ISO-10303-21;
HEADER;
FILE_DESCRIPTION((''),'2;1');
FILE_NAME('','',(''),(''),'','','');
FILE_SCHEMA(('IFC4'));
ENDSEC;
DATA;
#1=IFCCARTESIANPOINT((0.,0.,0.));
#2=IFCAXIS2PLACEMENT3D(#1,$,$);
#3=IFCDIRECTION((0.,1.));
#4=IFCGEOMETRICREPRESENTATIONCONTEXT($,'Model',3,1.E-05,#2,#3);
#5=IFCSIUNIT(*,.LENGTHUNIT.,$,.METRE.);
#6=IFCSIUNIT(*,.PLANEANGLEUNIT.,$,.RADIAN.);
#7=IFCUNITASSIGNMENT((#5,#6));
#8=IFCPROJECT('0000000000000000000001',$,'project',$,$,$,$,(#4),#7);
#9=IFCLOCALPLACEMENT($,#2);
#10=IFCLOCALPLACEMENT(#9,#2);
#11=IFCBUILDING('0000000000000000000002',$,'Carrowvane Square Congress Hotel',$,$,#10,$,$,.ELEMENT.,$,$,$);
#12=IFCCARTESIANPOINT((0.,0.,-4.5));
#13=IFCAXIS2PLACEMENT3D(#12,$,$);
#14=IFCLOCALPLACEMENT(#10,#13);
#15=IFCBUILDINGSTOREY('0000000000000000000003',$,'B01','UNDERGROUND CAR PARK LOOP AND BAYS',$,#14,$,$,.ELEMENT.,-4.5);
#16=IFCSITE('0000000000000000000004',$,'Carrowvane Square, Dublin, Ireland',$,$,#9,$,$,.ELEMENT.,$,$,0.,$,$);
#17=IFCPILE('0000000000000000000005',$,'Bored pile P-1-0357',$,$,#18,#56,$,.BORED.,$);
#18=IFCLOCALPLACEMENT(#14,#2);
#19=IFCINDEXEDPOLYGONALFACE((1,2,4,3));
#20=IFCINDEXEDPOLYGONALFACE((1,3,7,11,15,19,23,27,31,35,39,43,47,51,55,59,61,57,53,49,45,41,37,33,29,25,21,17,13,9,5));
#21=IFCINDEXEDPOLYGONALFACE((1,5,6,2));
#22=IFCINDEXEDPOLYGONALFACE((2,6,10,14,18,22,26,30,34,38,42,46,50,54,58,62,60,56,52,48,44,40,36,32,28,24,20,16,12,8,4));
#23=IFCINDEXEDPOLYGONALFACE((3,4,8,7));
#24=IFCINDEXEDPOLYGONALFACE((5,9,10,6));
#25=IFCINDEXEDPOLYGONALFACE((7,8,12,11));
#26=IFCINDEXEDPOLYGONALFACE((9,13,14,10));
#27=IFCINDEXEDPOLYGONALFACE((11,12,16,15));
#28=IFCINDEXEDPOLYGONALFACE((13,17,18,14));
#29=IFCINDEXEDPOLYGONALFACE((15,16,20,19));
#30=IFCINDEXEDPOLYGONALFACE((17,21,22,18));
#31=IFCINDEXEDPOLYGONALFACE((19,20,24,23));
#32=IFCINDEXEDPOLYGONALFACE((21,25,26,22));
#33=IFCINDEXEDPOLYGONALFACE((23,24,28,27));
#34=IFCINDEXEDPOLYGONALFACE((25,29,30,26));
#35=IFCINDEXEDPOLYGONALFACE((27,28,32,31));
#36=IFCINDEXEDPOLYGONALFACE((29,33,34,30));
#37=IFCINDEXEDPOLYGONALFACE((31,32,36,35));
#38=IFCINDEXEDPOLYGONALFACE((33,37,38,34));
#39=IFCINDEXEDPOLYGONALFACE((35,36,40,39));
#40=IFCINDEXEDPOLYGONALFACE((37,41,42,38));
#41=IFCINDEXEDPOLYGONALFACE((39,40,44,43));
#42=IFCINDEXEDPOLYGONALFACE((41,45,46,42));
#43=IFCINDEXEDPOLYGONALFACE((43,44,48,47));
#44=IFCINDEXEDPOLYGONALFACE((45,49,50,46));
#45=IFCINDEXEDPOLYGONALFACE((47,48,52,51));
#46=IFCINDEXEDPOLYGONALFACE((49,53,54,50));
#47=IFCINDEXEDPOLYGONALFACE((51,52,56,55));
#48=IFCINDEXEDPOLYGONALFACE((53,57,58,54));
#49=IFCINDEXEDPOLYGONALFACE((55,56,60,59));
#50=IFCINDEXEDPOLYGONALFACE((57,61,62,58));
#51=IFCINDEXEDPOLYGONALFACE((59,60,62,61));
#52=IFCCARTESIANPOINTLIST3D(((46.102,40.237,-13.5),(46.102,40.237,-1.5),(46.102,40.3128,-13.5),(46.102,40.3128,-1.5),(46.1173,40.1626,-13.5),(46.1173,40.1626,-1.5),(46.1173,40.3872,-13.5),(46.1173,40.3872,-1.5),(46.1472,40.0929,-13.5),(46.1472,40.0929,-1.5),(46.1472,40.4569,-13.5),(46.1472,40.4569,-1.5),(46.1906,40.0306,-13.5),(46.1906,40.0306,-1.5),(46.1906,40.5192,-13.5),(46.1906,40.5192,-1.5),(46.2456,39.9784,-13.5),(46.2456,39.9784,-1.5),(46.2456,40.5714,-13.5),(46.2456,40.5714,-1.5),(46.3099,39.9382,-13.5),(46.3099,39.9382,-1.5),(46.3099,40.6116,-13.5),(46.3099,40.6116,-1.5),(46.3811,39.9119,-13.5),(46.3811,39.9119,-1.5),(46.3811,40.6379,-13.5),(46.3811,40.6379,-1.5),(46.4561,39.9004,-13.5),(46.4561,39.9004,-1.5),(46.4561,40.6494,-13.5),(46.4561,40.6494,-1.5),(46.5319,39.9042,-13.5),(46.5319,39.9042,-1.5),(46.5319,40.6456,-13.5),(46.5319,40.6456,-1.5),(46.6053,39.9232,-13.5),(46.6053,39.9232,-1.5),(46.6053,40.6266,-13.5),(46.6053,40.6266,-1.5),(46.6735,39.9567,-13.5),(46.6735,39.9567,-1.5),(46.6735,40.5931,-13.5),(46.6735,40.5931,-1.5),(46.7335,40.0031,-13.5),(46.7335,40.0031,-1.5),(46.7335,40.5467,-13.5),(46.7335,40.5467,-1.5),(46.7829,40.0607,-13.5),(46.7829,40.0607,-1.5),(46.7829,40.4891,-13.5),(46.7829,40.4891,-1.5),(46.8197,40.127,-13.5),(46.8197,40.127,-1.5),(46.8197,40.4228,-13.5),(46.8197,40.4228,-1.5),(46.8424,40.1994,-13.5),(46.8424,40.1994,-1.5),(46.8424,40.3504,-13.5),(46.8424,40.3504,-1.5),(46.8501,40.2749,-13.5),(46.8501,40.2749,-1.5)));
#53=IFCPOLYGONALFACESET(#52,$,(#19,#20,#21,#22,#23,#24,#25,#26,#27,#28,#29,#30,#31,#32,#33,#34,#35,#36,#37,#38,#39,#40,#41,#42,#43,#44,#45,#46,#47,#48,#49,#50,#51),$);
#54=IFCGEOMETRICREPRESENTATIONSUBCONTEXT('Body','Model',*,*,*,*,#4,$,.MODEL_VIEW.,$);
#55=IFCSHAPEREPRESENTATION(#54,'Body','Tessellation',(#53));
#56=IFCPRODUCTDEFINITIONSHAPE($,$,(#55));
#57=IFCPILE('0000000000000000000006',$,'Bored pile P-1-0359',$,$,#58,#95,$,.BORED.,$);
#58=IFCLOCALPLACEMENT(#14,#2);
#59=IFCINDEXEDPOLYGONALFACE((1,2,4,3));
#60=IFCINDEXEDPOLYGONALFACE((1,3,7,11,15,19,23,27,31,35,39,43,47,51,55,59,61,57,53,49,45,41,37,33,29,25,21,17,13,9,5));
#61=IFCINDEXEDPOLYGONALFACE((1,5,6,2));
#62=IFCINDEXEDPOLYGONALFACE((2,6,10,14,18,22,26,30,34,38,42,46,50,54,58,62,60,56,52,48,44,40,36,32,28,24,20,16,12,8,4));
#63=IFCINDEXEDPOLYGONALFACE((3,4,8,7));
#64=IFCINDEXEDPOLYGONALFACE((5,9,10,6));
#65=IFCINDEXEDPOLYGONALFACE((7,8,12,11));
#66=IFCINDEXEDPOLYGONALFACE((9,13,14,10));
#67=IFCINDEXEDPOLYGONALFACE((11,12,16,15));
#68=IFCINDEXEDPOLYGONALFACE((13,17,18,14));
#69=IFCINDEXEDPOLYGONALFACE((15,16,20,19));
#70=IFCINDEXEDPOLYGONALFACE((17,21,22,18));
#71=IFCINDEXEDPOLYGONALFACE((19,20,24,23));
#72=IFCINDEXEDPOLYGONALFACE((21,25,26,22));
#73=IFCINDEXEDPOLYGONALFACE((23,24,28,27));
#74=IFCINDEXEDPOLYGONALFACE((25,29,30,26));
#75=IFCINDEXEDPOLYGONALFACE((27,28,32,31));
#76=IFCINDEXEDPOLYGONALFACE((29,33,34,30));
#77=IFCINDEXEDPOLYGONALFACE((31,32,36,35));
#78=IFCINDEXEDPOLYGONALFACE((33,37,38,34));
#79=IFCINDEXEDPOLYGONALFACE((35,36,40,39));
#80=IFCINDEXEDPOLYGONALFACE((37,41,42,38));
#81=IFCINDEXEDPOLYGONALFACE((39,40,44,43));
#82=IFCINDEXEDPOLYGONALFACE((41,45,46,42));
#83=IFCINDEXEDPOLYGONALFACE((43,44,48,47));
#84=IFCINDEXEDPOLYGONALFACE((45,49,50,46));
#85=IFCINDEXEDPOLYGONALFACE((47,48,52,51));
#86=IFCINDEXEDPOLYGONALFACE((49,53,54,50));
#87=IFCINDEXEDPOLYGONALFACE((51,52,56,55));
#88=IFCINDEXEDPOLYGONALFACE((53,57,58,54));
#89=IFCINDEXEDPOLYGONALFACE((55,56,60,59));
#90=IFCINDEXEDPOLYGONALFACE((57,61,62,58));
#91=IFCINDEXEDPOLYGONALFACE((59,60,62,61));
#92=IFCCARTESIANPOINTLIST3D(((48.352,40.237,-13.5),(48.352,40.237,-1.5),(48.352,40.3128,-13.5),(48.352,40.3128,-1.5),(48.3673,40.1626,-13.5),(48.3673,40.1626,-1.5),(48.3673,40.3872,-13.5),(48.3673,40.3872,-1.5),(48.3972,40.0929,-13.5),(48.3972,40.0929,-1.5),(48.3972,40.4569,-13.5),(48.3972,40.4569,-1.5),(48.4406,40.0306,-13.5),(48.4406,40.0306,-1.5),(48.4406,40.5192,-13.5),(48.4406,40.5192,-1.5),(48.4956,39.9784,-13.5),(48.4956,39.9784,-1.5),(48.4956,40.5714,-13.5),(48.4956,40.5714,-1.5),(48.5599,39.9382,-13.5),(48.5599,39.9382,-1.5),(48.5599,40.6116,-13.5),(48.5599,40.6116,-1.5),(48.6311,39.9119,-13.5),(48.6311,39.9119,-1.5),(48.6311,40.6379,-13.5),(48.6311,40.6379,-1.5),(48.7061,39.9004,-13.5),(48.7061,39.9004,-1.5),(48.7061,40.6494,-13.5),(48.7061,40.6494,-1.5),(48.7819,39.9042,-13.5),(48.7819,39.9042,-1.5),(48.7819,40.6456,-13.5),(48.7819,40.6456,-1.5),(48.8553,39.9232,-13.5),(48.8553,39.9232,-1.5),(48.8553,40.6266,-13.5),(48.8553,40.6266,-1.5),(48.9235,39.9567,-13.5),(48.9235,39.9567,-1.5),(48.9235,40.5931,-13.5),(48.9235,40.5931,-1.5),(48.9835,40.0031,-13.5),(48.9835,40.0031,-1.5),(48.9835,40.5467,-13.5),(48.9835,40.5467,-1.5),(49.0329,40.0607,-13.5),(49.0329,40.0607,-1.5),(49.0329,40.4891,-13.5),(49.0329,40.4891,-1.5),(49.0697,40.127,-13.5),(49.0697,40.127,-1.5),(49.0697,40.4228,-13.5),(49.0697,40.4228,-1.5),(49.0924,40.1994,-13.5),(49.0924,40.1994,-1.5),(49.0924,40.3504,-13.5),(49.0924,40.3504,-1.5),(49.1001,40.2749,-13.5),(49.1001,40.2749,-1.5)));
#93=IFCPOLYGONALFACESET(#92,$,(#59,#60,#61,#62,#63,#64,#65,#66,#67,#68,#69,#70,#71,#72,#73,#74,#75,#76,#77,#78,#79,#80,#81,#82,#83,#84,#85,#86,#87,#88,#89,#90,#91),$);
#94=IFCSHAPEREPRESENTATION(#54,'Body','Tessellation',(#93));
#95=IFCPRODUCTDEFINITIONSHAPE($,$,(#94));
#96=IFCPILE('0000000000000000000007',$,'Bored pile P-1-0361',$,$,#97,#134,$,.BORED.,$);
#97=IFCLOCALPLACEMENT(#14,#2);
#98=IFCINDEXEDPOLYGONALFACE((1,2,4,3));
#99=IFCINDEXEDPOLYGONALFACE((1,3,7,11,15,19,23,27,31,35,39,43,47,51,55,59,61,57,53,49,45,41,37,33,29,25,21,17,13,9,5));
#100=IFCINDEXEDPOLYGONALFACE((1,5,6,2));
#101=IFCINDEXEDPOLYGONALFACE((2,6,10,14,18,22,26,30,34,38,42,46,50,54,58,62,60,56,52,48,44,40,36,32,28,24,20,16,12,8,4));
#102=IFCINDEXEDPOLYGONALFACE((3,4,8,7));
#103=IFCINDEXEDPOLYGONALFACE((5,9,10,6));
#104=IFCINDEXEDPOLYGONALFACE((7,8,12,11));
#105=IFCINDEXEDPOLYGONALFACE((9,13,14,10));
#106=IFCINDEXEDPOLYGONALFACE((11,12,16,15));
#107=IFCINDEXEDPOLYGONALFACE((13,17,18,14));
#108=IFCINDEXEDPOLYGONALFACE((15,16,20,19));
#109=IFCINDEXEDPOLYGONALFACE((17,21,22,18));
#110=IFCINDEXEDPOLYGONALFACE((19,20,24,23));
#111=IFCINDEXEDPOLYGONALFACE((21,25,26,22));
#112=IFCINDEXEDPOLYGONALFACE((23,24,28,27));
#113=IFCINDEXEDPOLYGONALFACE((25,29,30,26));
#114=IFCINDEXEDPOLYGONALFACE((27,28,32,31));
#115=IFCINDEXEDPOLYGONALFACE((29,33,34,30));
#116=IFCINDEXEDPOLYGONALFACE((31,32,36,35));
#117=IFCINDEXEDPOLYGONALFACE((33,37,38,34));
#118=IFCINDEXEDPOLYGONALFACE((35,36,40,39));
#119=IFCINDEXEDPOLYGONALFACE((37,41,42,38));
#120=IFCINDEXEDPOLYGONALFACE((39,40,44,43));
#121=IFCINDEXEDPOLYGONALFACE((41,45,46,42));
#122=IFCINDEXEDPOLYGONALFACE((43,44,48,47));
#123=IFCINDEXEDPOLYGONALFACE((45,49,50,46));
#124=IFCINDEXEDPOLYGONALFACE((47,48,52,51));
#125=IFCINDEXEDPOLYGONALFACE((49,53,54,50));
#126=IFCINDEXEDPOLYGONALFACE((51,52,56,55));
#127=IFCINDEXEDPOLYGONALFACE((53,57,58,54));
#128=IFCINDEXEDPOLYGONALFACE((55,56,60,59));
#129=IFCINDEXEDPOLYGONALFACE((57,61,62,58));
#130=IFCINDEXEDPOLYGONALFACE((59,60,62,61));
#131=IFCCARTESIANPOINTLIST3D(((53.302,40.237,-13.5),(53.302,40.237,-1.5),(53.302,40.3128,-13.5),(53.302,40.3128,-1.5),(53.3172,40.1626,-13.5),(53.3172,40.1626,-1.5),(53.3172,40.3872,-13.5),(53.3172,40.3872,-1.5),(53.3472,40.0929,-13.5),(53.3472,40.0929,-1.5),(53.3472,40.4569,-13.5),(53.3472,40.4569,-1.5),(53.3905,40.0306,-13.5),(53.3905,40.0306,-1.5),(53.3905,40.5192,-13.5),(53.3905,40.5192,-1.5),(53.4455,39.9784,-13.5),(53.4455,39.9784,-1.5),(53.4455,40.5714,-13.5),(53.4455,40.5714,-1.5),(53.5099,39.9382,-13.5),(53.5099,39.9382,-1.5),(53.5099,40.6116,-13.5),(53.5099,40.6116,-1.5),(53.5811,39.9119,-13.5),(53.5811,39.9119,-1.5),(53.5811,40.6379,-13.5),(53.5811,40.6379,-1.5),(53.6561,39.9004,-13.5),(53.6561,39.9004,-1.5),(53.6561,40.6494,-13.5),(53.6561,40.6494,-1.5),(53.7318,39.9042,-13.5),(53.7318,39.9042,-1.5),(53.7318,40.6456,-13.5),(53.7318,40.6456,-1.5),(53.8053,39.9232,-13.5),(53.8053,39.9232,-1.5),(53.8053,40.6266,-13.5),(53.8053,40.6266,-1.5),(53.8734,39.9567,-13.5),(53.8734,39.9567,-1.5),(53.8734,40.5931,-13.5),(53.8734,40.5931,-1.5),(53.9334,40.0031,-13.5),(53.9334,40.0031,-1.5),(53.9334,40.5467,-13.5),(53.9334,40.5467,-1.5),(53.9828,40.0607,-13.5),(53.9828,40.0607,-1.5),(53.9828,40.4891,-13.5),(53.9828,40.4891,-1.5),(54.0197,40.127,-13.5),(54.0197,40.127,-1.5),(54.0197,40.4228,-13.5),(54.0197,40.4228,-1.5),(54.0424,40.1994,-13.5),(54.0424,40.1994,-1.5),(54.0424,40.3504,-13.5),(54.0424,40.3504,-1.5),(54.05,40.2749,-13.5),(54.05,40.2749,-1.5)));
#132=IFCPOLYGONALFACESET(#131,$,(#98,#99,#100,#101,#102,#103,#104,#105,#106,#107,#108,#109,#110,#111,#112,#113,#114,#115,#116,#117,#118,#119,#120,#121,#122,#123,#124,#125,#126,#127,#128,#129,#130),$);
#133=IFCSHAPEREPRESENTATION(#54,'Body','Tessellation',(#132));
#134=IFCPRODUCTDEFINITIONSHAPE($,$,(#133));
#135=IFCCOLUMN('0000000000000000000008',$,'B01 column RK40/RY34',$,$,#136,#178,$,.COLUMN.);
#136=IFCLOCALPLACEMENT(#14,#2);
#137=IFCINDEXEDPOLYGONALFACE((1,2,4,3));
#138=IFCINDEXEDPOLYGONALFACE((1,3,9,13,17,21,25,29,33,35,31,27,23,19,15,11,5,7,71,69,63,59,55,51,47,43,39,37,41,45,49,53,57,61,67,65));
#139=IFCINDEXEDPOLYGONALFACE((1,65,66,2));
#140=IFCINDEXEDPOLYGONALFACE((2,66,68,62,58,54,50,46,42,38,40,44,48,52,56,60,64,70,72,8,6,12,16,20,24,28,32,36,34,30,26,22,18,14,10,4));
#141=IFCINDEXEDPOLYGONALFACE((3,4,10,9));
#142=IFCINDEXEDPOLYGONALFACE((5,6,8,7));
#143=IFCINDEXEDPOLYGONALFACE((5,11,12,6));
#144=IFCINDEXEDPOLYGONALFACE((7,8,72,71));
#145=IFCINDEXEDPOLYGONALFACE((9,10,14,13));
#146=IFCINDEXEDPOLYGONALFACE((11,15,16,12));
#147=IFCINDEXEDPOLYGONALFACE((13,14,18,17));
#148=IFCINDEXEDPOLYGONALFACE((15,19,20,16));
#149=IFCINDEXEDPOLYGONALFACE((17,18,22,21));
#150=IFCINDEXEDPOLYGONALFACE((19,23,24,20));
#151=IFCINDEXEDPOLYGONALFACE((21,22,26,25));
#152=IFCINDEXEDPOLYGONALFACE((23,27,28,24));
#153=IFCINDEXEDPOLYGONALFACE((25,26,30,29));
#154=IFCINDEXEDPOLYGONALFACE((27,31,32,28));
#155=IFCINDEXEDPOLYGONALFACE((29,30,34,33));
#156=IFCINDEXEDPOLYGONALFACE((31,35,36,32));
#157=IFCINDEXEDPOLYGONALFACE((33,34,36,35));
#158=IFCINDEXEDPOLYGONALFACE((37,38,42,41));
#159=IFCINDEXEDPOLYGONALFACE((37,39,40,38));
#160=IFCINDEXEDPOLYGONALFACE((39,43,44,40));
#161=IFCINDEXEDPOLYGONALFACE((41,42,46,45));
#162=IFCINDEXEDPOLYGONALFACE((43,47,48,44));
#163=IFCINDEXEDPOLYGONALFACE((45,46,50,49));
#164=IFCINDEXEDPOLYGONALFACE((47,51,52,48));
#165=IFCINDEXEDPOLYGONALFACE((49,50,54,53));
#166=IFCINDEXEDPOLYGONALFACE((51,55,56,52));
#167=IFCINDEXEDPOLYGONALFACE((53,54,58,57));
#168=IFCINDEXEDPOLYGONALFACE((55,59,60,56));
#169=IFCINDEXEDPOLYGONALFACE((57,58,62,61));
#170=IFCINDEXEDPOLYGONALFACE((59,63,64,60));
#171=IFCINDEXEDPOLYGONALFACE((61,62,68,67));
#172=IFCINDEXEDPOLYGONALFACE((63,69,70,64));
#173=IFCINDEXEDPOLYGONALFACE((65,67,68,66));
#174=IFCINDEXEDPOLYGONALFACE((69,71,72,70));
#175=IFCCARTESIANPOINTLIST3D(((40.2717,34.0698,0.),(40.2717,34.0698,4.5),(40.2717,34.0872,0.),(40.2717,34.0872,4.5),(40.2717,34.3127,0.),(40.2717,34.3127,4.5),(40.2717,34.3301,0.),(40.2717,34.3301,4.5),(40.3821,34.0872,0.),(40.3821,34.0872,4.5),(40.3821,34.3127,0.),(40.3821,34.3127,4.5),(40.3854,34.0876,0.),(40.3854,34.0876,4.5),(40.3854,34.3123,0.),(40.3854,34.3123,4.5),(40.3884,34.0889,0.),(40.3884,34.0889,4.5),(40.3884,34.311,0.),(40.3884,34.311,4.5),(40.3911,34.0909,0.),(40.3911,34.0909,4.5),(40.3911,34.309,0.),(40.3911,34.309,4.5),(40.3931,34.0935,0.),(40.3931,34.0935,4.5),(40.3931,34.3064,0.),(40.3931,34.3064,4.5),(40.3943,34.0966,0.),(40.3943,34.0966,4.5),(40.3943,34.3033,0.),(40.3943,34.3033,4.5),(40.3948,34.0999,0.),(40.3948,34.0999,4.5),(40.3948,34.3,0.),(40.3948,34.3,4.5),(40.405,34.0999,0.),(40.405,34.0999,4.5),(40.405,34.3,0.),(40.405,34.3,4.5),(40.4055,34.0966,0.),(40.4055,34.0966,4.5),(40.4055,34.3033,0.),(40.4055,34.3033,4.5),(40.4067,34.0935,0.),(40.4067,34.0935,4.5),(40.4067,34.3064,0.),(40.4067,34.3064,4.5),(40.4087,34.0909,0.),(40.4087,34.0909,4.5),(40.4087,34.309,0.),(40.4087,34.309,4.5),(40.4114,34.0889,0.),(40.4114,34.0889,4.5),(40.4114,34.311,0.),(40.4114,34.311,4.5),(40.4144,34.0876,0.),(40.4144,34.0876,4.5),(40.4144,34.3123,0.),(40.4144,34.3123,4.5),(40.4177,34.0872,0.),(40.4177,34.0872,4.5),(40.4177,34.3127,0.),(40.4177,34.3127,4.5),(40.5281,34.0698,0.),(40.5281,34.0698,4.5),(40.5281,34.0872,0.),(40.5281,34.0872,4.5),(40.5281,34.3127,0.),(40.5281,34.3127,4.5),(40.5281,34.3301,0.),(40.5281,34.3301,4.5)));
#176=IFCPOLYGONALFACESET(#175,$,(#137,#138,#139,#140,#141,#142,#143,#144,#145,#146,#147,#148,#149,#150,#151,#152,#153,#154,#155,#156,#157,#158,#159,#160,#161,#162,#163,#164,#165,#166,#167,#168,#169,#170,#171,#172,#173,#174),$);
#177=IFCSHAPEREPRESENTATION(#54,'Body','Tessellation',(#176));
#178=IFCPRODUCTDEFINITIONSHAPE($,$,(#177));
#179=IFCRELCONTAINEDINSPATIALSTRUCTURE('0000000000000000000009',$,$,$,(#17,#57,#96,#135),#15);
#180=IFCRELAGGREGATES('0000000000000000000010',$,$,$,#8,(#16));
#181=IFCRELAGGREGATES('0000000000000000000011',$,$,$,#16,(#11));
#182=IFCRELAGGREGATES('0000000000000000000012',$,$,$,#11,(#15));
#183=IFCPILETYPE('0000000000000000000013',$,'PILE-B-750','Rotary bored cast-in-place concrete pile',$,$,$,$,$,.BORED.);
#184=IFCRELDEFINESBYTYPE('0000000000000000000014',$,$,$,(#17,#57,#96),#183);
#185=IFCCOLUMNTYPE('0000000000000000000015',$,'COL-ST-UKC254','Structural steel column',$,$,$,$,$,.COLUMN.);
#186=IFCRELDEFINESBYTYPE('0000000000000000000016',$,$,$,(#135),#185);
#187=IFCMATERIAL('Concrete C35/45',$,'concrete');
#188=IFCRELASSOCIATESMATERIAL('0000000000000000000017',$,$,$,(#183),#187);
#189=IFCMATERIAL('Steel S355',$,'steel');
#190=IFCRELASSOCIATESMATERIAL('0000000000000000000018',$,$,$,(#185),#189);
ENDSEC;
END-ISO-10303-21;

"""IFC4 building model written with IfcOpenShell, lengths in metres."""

from ifc_helpers import new_model, si_unit, direction, frame, origin, origin_2d, place, context, subcontext, project, spatial, circle, i_section, extrude, material, material_profile, profile_set, type_object, element, save


model = new_model("IFC4")

# Units and contexts
model_context = context("Model", 3, precision=1e-05, world=origin(), true_north=direction((0.0, 1.0)))
body_context = subcontext(model_context, "Body", "Model", "MODEL_VIEW")
ifc_project = project(units=[si_unit("LENGTHUNIT", "METRE"), si_unit("PLANEANGLEUNIT", "RADIAN")], contexts=[model_context])

# Site, building, storey
site_placement = place(None, origin())
site = spatial("IfcSite", under=ifc_project, at=site_placement, Name="Carrowvane Square, Dublin, Ireland", CompositionType="ELEMENT", RefElevation=0.0)
building_placement = place(site_placement, origin())
building = spatial("IfcBuilding", under=site, at=building_placement, Name="Carrowvane Square Congress Hotel", CompositionType="ELEMENT")
storey_placement = place(building_placement, frame((0.0, 0.0, -4.5)))
storey = spatial("IfcBuildingStorey", under=building, at=storey_placement, Name="B01", Description="UNDERGROUND CAR PARK LOOP AND BAYS", CompositionType="ELEMENT", Elevation=-4.5)

# Piles
ifc_material_1 = material(Name="Concrete C35/45", Category="concrete")
ifc_material_profile_1 = material_profile(ifc_material_1, circle(Radius=0.375, at=origin_2d()), Name="PILE D750")
ifc_profile_set_1 = profile_set([ifc_material_profile_1], Name="Concrete C35/45")
pile_type = type_object("IfcPileType", Name="PILE-B-750", Description="Rotary bored cast-in-place concrete pile", PredefinedType="BORED", material=ifc_profile_set_1)
for number, where, z_axis, x_axis, name in (
    (1, (46.4751, 40.2749, -1.5), (0.0, 0.0, -1.0), (1.0, 0.0, 0.0), "Bored pile P-1-0357"),
    (2, (48.7251, 40.2749, -1.5), (0.0, 0.0, -1.0), (1.0, 0.0, 0.0), "Bored pile P-1-0359"),
    (3, (53.675, 40.2749, -1.5), (0.0, 0.0, -1.0), (1.0, 0.0, 0.0), "Bored pile P-1-0361"),
):
    element("IfcPile", number, at=place(storey_placement, frame(where, z_axis=z_axis, x_axis=x_axis)), inside=storey, type_object=pile_type, Name=name, PredefinedType="BORED", context=body_context, shape_type="SweptSolid", body=[
        extrude(circle(Radius=0.375, at=origin_2d()), origin(), (0.0, 0.0, 1.0), 12.0),
    ])

# Column
ifc_material_2 = material(Name="Steel S355", Category="steel")
ifc_material_profile_2 = material_profile(ifc_material_2, i_section(OverallWidth=0.2563, OverallDepth=0.2603, WebThickness=0.0103, FlangeThickness=0.0173, FilletRadius=0.0127, at=origin_2d()), Name="UKC 254x254x89")
ifc_profile_set_2 = profile_set([ifc_material_profile_2], Name="Steel S355")
column_type = type_object("IfcColumnType", Name="COL-ST-UKC254", Description="Structural steel column", PredefinedType="COLUMN", material=ifc_profile_set_2)
for number, where, z_axis, x_axis, name in (
    (4, (40.3999, 34.2, 0.0), (0.0, 0.0, 1.0), (1.0, 0.0, 0.0), "B01 column RK40/RY34"),
):
    element("IfcColumn", number, at=place(storey_placement, frame(where, z_axis=z_axis, x_axis=x_axis)), inside=storey, type_object=column_type, Name=name, PredefinedType="COLUMN", context=body_context, shape_type="SweptSolid", body=[
        extrude(i_section(OverallWidth=0.2563, OverallDepth=0.2603, WebThickness=0.0103, FlangeThickness=0.0173, FilletRadius=0.0127, at=origin_2d()), origin(), (0.0, 0.0, 1.0), 4.5),
    ])

save(model, "model.ifc")
